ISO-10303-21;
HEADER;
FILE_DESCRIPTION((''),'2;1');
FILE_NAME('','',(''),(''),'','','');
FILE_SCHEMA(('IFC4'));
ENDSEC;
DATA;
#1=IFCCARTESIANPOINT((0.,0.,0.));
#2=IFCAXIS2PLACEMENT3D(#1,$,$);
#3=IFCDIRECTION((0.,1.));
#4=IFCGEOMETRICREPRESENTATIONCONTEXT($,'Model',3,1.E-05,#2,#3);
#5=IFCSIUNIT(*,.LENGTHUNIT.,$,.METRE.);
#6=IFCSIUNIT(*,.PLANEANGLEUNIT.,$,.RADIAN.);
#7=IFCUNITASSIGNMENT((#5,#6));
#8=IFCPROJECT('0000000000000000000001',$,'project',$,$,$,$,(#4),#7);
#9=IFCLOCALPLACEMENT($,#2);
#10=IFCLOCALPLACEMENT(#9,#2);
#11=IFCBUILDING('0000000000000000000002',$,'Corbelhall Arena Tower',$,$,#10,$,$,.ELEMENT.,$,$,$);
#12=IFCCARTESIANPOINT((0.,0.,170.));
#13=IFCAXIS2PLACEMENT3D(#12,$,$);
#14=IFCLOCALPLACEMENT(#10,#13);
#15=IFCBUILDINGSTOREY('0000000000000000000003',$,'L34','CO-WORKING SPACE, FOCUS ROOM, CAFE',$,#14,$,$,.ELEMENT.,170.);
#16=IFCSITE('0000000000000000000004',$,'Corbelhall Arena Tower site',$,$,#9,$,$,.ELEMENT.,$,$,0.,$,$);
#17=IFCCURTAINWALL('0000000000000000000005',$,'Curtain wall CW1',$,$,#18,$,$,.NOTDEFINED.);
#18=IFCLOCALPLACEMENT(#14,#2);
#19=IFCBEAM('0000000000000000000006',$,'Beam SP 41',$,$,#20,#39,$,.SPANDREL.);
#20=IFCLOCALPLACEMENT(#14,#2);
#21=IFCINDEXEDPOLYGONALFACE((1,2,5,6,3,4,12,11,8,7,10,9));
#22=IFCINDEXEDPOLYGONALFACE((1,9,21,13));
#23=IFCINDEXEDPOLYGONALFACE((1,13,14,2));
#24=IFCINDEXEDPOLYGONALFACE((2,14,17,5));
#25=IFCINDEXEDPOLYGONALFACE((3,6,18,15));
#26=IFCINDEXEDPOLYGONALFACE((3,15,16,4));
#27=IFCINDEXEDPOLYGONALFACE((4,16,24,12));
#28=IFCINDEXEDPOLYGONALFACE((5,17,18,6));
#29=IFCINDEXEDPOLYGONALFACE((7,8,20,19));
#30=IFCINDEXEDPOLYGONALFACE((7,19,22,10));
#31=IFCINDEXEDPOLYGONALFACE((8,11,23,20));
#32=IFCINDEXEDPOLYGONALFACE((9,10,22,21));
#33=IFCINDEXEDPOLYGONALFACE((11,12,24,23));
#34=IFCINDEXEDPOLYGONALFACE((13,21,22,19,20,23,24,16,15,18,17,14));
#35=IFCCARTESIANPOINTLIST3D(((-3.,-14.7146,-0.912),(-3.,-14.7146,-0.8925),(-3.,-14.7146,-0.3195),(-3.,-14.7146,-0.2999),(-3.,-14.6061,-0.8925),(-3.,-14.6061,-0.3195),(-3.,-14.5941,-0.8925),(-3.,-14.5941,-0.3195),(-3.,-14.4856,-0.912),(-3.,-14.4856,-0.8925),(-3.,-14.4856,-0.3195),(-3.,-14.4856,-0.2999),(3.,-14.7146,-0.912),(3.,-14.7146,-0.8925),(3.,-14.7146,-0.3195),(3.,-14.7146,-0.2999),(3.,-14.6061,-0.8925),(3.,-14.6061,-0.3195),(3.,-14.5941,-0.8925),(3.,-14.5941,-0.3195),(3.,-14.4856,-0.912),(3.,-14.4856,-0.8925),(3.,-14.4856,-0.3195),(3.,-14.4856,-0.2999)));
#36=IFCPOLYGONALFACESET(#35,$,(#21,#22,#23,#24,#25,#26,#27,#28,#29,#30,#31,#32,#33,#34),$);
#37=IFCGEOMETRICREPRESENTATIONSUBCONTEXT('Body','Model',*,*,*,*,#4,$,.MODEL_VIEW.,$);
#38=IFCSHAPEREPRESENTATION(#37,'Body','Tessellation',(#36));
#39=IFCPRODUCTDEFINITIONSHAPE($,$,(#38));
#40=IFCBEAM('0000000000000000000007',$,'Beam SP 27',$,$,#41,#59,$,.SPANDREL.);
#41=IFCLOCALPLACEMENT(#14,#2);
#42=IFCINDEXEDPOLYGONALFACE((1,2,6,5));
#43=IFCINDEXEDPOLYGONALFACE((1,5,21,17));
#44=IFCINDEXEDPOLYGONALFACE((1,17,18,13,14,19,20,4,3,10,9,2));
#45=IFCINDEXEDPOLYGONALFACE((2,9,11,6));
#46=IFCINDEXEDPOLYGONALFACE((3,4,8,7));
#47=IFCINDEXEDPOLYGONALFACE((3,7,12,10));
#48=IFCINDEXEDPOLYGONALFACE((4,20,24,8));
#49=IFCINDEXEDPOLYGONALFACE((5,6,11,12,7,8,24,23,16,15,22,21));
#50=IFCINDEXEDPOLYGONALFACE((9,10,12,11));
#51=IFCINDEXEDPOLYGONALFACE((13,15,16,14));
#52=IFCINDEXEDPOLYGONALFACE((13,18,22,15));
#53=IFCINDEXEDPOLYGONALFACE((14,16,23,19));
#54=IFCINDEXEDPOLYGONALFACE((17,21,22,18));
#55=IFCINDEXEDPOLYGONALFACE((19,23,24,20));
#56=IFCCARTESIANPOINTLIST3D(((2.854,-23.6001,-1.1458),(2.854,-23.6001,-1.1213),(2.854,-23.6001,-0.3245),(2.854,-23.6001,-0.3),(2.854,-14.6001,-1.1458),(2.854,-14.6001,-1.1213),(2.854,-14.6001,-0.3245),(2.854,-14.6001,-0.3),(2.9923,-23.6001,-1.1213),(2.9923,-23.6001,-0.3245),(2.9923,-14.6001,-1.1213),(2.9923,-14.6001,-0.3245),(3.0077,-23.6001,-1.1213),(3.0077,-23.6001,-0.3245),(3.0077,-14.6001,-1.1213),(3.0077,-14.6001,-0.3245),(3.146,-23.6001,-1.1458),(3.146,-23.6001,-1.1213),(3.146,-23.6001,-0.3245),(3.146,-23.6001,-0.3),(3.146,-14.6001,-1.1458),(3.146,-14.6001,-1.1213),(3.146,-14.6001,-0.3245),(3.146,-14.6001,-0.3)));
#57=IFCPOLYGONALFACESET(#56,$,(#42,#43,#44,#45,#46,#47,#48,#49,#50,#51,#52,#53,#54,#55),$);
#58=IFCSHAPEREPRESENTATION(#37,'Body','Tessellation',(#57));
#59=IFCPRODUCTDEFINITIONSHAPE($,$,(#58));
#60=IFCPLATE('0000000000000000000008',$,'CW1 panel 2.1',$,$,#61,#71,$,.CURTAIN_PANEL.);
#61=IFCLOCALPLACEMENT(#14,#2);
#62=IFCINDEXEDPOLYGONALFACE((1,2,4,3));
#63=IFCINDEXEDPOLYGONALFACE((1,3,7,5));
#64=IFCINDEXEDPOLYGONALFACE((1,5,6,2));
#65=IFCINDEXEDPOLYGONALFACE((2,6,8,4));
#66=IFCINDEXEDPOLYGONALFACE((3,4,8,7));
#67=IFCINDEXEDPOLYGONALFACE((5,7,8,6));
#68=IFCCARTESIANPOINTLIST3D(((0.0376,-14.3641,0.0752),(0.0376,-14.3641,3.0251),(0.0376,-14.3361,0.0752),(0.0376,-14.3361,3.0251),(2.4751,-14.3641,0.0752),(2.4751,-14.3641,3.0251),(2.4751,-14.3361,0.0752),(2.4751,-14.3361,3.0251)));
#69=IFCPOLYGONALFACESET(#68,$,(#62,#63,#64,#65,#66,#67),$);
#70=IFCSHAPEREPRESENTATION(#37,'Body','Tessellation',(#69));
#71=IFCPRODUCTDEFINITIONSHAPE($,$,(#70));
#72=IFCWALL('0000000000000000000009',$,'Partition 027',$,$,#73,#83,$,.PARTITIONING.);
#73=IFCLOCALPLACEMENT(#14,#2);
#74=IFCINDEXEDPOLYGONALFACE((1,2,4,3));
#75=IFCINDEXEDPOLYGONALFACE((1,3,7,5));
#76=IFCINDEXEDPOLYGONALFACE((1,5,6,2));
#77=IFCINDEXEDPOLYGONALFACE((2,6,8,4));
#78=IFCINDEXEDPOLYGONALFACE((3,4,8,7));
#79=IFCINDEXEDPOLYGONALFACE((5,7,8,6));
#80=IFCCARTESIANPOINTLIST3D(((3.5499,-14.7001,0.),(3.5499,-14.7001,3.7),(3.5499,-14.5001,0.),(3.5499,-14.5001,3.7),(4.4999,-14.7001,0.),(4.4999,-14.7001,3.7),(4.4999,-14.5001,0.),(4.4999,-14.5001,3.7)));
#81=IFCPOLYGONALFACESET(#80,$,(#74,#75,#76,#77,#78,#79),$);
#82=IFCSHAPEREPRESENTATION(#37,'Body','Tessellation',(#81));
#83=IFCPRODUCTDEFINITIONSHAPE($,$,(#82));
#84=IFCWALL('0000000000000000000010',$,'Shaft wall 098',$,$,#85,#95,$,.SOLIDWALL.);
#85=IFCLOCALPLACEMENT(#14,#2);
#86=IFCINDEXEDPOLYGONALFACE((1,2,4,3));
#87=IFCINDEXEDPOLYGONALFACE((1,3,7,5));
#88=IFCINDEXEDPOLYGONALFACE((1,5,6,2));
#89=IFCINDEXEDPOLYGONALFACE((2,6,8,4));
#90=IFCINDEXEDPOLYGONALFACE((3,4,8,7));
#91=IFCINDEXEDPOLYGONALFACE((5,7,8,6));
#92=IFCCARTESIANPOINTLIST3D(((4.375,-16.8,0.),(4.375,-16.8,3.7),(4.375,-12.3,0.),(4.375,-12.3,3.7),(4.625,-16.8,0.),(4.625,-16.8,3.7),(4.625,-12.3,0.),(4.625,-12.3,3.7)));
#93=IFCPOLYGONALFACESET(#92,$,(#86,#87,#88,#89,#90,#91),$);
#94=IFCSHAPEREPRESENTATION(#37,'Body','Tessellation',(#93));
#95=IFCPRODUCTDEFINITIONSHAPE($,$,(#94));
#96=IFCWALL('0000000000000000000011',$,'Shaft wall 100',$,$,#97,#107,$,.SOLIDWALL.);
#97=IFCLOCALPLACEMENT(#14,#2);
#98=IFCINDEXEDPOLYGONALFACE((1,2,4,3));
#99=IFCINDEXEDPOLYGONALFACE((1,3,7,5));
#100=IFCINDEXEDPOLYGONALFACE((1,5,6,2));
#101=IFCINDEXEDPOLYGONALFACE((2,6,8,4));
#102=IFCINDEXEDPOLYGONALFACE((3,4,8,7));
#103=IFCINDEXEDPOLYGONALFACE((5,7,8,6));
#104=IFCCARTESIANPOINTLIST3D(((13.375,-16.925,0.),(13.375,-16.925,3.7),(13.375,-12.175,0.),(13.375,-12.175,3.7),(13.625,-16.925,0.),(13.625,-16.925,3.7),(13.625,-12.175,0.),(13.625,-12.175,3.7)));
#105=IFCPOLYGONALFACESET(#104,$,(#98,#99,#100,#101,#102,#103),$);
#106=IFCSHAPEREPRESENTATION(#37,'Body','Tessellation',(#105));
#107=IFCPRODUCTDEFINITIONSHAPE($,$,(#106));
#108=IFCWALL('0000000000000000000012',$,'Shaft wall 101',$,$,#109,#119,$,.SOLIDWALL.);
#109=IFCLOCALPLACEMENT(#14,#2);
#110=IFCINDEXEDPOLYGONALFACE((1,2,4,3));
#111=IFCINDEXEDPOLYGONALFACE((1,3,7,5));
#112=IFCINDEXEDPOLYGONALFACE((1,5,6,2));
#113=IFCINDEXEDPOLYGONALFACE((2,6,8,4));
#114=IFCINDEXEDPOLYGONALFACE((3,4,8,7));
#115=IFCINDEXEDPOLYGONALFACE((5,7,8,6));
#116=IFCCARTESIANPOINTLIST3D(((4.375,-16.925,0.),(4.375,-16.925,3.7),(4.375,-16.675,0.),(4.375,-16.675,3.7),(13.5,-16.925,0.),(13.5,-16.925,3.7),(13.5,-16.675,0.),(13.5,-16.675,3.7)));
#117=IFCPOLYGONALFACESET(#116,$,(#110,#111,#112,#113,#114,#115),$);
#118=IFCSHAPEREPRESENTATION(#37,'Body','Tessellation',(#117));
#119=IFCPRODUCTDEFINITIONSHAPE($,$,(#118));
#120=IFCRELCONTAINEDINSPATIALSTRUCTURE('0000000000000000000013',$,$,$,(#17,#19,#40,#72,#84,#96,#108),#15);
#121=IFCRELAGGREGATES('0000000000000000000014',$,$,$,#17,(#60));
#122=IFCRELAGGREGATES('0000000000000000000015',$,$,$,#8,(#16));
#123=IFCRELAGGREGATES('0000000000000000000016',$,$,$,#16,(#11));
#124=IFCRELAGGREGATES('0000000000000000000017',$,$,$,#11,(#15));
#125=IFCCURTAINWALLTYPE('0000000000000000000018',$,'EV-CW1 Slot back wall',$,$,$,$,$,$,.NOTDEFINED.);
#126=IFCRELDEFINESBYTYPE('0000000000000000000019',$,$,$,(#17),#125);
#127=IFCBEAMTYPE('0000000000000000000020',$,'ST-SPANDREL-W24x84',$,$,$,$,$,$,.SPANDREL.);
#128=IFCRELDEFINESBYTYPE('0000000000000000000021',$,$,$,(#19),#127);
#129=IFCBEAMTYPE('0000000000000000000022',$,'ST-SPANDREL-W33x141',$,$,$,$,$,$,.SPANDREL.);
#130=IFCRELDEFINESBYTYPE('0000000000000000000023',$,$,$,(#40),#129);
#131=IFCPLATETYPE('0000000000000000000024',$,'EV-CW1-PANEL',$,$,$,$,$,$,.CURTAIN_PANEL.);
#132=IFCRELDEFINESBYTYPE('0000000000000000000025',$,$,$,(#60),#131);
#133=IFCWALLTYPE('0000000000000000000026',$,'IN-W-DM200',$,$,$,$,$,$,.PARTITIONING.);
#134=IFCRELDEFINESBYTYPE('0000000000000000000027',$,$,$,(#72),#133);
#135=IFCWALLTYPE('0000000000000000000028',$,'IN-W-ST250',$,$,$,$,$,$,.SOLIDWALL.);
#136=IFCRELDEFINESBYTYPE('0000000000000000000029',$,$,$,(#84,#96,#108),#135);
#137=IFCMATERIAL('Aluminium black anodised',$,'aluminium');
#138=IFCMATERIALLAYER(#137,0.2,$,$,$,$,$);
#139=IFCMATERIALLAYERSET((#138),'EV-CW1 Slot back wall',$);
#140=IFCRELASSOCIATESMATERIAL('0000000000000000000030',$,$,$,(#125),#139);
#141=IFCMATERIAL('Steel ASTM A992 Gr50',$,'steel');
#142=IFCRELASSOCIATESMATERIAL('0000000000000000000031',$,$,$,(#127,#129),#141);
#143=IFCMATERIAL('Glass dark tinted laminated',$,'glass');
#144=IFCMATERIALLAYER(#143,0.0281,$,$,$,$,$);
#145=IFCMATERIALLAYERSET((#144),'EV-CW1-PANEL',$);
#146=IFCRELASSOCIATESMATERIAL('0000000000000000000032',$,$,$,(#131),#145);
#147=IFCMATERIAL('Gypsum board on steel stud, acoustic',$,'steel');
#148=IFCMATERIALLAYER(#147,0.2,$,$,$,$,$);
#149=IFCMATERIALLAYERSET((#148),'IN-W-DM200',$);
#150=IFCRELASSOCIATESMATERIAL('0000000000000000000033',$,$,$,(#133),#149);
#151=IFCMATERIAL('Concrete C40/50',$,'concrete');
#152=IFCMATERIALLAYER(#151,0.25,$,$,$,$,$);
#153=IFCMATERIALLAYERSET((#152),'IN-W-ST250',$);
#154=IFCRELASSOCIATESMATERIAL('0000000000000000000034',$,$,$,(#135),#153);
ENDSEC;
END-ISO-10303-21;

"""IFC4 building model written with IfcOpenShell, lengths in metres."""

from ifc_helpers import new_model, si_unit, direction, frame, frame_2d, origin, origin_2d, place, context, subcontext, project, spatial, rectangle, i_section, extrude, material, layer, layer_set, material_profile, profile_set, type_object, element, aggregate, save


model = new_model("IFC4")

# Units and contexts
model_context = context("Model", 3, precision=1e-05, world=origin(), true_north=direction((0.0, 1.0)))
body_context = subcontext(model_context, "Body", "Model", "MODEL_VIEW")
ifc_project = project(units=[si_unit("LENGTHUNIT", "METRE"), si_unit("PLANEANGLEUNIT", "RADIAN")], contexts=[model_context])

# Site, building, storey
site_placement = place(None, origin())
site = spatial("IfcSite", under=ifc_project, at=site_placement, Name="Corbelhall Arena Tower site", CompositionType="ELEMENT", RefElevation=0.0)
building_placement = place(site_placement, origin())
building = spatial("IfcBuilding", under=site, at=building_placement, Name="Corbelhall Arena Tower", CompositionType="ELEMENT")
storey_placement = place(building_placement, frame((0.0, 0.0, 170.0)))
storey = spatial("IfcBuildingStorey", under=building, at=storey_placement, Name="L34", Description="CO-WORKING SPACE, FOCUS ROOM, CAFE", CompositionType="ELEMENT", Elevation=170.0)

# Curtain wall
ifc_material_1 = material(Name="Aluminium black anodised", Category="aluminium")
ifc_layer_1 = layer(ifc_material_1, 0.2)
ifc_layer_set_1 = layer_set([ifc_layer_1], Name="EV-CW1 Slot back wall")
curtain_wall_type = type_object("IfcCurtainWallType", Name="EV-CW1 Slot back wall", PredefinedType="NOTDEFINED", material=ifc_layer_set_1)
curtain_wall_placement = place(storey_placement, origin())
curtain_wall = element("IfcCurtainWall", 1, at=curtain_wall_placement, inside=storey, type_object=curtain_wall_type, Name="Curtain wall CW1", PredefinedType="NOTDEFINED")

# Beams
ifc_material_2 = material(Name="Steel ASTM A992 Gr50", Category="steel")
ifc_material_profile_1 = material_profile(ifc_material_2, i_section(OverallWidth=0.229, OverallDepth=0.6121, WebThickness=0.012, FlangeThickness=0.0195, at=origin_2d()))
ifc_profile_set_1 = profile_set([ifc_material_profile_1], Name="Steel ASTM A992 Gr50")
beam_type_1 = type_object("IfcBeamType", Name="ST-SPANDREL-W24x84", PredefinedType="SPANDREL", material=ifc_profile_set_1)
beam_1_placement = place(storey_placement, frame((3.0, -14.6001, -0.606), z_axis=(-1.0, 0.0, 0.0), x_axis=(0.0, -1.0, 0.0)))
element("IfcBeam", 2, at=beam_1_placement, inside=storey, type_object=beam_type_1, Name="Beam SP 41", PredefinedType="SPANDREL", context=body_context, shape_type="SweptSolid", body=[
    extrude(i_section(OverallWidth=0.229, OverallDepth=0.6121, WebThickness=0.012, FlangeThickness=0.0195, at=origin_2d()), origin(), (0.0, 0.0, 1.0), 6.0),
])
ifc_material_profile_2 = material_profile(ifc_material_2, i_section(OverallWidth=0.292, OverallDepth=0.8457, WebThickness=0.0154, FlangeThickness=0.0244, at=origin_2d()))
ifc_profile_set_2 = profile_set([ifc_material_profile_2], Name="Steel ASTM A992 Gr50")
beam_type_2 = type_object("IfcBeamType", Name="ST-SPANDREL-W33x141", PredefinedType="SPANDREL", material=ifc_profile_set_2)
beam_2_placement = place(storey_placement, frame((3.0, -23.6001, -0.7229), z_axis=(0.0, 1.0, 0.0), x_axis=(-1.0, 0.0, 0.0)))
element("IfcBeam", 3, at=beam_2_placement, inside=storey, type_object=beam_type_2, Name="Beam SP 27", PredefinedType="SPANDREL", context=body_context, shape_type="SweptSolid", body=[
    extrude(i_section(OverallWidth=0.292, OverallDepth=0.8457, WebThickness=0.0154, FlangeThickness=0.0244, at=origin_2d()), origin(), (0.0, 0.0, 1.0), 9.0),
])

# Plate
ifc_material_3 = material(Name="Glass dark tinted laminated", Category="glass")
ifc_layer_2 = layer(ifc_material_3, 0.0281)
ifc_layer_set_2 = layer_set([ifc_layer_2], Name="EV-CW1-PANEL")
plate_type = type_object("IfcPlateType", Name="EV-CW1-PANEL", PredefinedType="CURTAIN_PANEL", material=ifc_layer_set_2)
plate_placement = place(storey_placement, frame((1.2563, -14.3501, 0.0752), z_axis=(0.0, 0.0, 1.0), x_axis=(1.0, 0.0, 0.0)))
plate = element("IfcPlate", 4, at=plate_placement, type_object=plate_type, Name="CW1 panel 2.1", PredefinedType="CURTAIN_PANEL", context=body_context, shape_type="SweptSolid", body=[
    extrude(rectangle(XDim=2.4375, YDim=0.0281, at=origin_2d()), origin(), (0.0, 0.0, 1.0), 2.95),
])
aggregate(curtain_wall, [plate])

# Wall
ifc_material_4 = material(Name="Gypsum board on steel stud, acoustic", Category="steel")
ifc_layer_3 = layer(ifc_material_4, 0.2)
ifc_layer_set_3 = layer_set([ifc_layer_3], Name="IN-W-DM200")
wall_type_1 = type_object("IfcWallType", Name="IN-W-DM200", PredefinedType="PARTITIONING", material=ifc_layer_set_3)
wall_1_placement = place(storey_placement, frame((4.5, -14.6001, 0.0), z_axis=(0.0, 0.0, 1.0), x_axis=(-1.0, 0.0, 0.0)))
element("IfcWall", 5, at=wall_1_placement, inside=storey, type_object=wall_type_1, Name="Partition 027", PredefinedType="PARTITIONING", context=body_context, shape_type="SweptSolid", body=[
    extrude(rectangle(XDim=0.95, YDim=0.2, at=frame_2d((0.4751, 0.0))), origin(), (0.0, 0.0, 1.0), 3.7),
])

# Walls
ifc_material_5 = material(Name="Concrete C40/50", Category="concrete")
ifc_layer_4 = layer(ifc_material_5, 0.25)
ifc_layer_set_4 = layer_set([ifc_layer_4], Name="IN-W-ST250")
wall_type_2 = type_object("IfcWallType", Name="IN-W-ST250", PredefinedType="SOLIDWALL", material=ifc_layer_set_4)
wall_2_placement = place(storey_placement, frame((4.5, -16.8, 0.0), z_axis=(0.0, 0.0, 1.0), x_axis=(0.0, 1.0, 0.0)))
element("IfcWall", 6, at=wall_2_placement, inside=storey, type_object=wall_type_2, Name="Shaft wall 098", PredefinedType="SOLIDWALL", context=body_context, shape_type="SweptSolid", body=[
    extrude(rectangle(XDim=4.5, YDim=0.25, at=frame_2d((2.25, 0.0))), origin(), (0.0, 0.0, 1.0), 3.7),
])
wall_3_placement = place(storey_placement, frame((13.5, -16.925, 0.0), z_axis=(0.0, 0.0, 1.0), x_axis=(0.0, 1.0, 0.0)))
element("IfcWall", 7, at=wall_3_placement, inside=storey, type_object=wall_type_2, Name="Shaft wall 100", PredefinedType="SOLIDWALL", context=body_context, shape_type="SweptSolid", body=[
    extrude(rectangle(XDim=4.75, YDim=0.25, at=frame_2d((2.375, 0.0))), origin(), (0.0, 0.0, 1.0), 3.7),
])
wall_4_placement = place(storey_placement, frame((13.5, -16.8, 0.0), z_axis=(0.0, 0.0, 1.0), x_axis=(-1.0, 0.0, 0.0)))
element("IfcWall", 8, at=wall_4_placement, inside=storey, type_object=wall_type_2, Name="Shaft wall 101", PredefinedType="SOLIDWALL", context=body_context, shape_type="SweptSolid", body=[
    extrude(rectangle(XDim=9.125, YDim=0.25, at=frame_2d((4.5625, 0.0))), origin(), (0.0, 0.0, 1.0), 3.7),
])

save(model, "model.ifc")
